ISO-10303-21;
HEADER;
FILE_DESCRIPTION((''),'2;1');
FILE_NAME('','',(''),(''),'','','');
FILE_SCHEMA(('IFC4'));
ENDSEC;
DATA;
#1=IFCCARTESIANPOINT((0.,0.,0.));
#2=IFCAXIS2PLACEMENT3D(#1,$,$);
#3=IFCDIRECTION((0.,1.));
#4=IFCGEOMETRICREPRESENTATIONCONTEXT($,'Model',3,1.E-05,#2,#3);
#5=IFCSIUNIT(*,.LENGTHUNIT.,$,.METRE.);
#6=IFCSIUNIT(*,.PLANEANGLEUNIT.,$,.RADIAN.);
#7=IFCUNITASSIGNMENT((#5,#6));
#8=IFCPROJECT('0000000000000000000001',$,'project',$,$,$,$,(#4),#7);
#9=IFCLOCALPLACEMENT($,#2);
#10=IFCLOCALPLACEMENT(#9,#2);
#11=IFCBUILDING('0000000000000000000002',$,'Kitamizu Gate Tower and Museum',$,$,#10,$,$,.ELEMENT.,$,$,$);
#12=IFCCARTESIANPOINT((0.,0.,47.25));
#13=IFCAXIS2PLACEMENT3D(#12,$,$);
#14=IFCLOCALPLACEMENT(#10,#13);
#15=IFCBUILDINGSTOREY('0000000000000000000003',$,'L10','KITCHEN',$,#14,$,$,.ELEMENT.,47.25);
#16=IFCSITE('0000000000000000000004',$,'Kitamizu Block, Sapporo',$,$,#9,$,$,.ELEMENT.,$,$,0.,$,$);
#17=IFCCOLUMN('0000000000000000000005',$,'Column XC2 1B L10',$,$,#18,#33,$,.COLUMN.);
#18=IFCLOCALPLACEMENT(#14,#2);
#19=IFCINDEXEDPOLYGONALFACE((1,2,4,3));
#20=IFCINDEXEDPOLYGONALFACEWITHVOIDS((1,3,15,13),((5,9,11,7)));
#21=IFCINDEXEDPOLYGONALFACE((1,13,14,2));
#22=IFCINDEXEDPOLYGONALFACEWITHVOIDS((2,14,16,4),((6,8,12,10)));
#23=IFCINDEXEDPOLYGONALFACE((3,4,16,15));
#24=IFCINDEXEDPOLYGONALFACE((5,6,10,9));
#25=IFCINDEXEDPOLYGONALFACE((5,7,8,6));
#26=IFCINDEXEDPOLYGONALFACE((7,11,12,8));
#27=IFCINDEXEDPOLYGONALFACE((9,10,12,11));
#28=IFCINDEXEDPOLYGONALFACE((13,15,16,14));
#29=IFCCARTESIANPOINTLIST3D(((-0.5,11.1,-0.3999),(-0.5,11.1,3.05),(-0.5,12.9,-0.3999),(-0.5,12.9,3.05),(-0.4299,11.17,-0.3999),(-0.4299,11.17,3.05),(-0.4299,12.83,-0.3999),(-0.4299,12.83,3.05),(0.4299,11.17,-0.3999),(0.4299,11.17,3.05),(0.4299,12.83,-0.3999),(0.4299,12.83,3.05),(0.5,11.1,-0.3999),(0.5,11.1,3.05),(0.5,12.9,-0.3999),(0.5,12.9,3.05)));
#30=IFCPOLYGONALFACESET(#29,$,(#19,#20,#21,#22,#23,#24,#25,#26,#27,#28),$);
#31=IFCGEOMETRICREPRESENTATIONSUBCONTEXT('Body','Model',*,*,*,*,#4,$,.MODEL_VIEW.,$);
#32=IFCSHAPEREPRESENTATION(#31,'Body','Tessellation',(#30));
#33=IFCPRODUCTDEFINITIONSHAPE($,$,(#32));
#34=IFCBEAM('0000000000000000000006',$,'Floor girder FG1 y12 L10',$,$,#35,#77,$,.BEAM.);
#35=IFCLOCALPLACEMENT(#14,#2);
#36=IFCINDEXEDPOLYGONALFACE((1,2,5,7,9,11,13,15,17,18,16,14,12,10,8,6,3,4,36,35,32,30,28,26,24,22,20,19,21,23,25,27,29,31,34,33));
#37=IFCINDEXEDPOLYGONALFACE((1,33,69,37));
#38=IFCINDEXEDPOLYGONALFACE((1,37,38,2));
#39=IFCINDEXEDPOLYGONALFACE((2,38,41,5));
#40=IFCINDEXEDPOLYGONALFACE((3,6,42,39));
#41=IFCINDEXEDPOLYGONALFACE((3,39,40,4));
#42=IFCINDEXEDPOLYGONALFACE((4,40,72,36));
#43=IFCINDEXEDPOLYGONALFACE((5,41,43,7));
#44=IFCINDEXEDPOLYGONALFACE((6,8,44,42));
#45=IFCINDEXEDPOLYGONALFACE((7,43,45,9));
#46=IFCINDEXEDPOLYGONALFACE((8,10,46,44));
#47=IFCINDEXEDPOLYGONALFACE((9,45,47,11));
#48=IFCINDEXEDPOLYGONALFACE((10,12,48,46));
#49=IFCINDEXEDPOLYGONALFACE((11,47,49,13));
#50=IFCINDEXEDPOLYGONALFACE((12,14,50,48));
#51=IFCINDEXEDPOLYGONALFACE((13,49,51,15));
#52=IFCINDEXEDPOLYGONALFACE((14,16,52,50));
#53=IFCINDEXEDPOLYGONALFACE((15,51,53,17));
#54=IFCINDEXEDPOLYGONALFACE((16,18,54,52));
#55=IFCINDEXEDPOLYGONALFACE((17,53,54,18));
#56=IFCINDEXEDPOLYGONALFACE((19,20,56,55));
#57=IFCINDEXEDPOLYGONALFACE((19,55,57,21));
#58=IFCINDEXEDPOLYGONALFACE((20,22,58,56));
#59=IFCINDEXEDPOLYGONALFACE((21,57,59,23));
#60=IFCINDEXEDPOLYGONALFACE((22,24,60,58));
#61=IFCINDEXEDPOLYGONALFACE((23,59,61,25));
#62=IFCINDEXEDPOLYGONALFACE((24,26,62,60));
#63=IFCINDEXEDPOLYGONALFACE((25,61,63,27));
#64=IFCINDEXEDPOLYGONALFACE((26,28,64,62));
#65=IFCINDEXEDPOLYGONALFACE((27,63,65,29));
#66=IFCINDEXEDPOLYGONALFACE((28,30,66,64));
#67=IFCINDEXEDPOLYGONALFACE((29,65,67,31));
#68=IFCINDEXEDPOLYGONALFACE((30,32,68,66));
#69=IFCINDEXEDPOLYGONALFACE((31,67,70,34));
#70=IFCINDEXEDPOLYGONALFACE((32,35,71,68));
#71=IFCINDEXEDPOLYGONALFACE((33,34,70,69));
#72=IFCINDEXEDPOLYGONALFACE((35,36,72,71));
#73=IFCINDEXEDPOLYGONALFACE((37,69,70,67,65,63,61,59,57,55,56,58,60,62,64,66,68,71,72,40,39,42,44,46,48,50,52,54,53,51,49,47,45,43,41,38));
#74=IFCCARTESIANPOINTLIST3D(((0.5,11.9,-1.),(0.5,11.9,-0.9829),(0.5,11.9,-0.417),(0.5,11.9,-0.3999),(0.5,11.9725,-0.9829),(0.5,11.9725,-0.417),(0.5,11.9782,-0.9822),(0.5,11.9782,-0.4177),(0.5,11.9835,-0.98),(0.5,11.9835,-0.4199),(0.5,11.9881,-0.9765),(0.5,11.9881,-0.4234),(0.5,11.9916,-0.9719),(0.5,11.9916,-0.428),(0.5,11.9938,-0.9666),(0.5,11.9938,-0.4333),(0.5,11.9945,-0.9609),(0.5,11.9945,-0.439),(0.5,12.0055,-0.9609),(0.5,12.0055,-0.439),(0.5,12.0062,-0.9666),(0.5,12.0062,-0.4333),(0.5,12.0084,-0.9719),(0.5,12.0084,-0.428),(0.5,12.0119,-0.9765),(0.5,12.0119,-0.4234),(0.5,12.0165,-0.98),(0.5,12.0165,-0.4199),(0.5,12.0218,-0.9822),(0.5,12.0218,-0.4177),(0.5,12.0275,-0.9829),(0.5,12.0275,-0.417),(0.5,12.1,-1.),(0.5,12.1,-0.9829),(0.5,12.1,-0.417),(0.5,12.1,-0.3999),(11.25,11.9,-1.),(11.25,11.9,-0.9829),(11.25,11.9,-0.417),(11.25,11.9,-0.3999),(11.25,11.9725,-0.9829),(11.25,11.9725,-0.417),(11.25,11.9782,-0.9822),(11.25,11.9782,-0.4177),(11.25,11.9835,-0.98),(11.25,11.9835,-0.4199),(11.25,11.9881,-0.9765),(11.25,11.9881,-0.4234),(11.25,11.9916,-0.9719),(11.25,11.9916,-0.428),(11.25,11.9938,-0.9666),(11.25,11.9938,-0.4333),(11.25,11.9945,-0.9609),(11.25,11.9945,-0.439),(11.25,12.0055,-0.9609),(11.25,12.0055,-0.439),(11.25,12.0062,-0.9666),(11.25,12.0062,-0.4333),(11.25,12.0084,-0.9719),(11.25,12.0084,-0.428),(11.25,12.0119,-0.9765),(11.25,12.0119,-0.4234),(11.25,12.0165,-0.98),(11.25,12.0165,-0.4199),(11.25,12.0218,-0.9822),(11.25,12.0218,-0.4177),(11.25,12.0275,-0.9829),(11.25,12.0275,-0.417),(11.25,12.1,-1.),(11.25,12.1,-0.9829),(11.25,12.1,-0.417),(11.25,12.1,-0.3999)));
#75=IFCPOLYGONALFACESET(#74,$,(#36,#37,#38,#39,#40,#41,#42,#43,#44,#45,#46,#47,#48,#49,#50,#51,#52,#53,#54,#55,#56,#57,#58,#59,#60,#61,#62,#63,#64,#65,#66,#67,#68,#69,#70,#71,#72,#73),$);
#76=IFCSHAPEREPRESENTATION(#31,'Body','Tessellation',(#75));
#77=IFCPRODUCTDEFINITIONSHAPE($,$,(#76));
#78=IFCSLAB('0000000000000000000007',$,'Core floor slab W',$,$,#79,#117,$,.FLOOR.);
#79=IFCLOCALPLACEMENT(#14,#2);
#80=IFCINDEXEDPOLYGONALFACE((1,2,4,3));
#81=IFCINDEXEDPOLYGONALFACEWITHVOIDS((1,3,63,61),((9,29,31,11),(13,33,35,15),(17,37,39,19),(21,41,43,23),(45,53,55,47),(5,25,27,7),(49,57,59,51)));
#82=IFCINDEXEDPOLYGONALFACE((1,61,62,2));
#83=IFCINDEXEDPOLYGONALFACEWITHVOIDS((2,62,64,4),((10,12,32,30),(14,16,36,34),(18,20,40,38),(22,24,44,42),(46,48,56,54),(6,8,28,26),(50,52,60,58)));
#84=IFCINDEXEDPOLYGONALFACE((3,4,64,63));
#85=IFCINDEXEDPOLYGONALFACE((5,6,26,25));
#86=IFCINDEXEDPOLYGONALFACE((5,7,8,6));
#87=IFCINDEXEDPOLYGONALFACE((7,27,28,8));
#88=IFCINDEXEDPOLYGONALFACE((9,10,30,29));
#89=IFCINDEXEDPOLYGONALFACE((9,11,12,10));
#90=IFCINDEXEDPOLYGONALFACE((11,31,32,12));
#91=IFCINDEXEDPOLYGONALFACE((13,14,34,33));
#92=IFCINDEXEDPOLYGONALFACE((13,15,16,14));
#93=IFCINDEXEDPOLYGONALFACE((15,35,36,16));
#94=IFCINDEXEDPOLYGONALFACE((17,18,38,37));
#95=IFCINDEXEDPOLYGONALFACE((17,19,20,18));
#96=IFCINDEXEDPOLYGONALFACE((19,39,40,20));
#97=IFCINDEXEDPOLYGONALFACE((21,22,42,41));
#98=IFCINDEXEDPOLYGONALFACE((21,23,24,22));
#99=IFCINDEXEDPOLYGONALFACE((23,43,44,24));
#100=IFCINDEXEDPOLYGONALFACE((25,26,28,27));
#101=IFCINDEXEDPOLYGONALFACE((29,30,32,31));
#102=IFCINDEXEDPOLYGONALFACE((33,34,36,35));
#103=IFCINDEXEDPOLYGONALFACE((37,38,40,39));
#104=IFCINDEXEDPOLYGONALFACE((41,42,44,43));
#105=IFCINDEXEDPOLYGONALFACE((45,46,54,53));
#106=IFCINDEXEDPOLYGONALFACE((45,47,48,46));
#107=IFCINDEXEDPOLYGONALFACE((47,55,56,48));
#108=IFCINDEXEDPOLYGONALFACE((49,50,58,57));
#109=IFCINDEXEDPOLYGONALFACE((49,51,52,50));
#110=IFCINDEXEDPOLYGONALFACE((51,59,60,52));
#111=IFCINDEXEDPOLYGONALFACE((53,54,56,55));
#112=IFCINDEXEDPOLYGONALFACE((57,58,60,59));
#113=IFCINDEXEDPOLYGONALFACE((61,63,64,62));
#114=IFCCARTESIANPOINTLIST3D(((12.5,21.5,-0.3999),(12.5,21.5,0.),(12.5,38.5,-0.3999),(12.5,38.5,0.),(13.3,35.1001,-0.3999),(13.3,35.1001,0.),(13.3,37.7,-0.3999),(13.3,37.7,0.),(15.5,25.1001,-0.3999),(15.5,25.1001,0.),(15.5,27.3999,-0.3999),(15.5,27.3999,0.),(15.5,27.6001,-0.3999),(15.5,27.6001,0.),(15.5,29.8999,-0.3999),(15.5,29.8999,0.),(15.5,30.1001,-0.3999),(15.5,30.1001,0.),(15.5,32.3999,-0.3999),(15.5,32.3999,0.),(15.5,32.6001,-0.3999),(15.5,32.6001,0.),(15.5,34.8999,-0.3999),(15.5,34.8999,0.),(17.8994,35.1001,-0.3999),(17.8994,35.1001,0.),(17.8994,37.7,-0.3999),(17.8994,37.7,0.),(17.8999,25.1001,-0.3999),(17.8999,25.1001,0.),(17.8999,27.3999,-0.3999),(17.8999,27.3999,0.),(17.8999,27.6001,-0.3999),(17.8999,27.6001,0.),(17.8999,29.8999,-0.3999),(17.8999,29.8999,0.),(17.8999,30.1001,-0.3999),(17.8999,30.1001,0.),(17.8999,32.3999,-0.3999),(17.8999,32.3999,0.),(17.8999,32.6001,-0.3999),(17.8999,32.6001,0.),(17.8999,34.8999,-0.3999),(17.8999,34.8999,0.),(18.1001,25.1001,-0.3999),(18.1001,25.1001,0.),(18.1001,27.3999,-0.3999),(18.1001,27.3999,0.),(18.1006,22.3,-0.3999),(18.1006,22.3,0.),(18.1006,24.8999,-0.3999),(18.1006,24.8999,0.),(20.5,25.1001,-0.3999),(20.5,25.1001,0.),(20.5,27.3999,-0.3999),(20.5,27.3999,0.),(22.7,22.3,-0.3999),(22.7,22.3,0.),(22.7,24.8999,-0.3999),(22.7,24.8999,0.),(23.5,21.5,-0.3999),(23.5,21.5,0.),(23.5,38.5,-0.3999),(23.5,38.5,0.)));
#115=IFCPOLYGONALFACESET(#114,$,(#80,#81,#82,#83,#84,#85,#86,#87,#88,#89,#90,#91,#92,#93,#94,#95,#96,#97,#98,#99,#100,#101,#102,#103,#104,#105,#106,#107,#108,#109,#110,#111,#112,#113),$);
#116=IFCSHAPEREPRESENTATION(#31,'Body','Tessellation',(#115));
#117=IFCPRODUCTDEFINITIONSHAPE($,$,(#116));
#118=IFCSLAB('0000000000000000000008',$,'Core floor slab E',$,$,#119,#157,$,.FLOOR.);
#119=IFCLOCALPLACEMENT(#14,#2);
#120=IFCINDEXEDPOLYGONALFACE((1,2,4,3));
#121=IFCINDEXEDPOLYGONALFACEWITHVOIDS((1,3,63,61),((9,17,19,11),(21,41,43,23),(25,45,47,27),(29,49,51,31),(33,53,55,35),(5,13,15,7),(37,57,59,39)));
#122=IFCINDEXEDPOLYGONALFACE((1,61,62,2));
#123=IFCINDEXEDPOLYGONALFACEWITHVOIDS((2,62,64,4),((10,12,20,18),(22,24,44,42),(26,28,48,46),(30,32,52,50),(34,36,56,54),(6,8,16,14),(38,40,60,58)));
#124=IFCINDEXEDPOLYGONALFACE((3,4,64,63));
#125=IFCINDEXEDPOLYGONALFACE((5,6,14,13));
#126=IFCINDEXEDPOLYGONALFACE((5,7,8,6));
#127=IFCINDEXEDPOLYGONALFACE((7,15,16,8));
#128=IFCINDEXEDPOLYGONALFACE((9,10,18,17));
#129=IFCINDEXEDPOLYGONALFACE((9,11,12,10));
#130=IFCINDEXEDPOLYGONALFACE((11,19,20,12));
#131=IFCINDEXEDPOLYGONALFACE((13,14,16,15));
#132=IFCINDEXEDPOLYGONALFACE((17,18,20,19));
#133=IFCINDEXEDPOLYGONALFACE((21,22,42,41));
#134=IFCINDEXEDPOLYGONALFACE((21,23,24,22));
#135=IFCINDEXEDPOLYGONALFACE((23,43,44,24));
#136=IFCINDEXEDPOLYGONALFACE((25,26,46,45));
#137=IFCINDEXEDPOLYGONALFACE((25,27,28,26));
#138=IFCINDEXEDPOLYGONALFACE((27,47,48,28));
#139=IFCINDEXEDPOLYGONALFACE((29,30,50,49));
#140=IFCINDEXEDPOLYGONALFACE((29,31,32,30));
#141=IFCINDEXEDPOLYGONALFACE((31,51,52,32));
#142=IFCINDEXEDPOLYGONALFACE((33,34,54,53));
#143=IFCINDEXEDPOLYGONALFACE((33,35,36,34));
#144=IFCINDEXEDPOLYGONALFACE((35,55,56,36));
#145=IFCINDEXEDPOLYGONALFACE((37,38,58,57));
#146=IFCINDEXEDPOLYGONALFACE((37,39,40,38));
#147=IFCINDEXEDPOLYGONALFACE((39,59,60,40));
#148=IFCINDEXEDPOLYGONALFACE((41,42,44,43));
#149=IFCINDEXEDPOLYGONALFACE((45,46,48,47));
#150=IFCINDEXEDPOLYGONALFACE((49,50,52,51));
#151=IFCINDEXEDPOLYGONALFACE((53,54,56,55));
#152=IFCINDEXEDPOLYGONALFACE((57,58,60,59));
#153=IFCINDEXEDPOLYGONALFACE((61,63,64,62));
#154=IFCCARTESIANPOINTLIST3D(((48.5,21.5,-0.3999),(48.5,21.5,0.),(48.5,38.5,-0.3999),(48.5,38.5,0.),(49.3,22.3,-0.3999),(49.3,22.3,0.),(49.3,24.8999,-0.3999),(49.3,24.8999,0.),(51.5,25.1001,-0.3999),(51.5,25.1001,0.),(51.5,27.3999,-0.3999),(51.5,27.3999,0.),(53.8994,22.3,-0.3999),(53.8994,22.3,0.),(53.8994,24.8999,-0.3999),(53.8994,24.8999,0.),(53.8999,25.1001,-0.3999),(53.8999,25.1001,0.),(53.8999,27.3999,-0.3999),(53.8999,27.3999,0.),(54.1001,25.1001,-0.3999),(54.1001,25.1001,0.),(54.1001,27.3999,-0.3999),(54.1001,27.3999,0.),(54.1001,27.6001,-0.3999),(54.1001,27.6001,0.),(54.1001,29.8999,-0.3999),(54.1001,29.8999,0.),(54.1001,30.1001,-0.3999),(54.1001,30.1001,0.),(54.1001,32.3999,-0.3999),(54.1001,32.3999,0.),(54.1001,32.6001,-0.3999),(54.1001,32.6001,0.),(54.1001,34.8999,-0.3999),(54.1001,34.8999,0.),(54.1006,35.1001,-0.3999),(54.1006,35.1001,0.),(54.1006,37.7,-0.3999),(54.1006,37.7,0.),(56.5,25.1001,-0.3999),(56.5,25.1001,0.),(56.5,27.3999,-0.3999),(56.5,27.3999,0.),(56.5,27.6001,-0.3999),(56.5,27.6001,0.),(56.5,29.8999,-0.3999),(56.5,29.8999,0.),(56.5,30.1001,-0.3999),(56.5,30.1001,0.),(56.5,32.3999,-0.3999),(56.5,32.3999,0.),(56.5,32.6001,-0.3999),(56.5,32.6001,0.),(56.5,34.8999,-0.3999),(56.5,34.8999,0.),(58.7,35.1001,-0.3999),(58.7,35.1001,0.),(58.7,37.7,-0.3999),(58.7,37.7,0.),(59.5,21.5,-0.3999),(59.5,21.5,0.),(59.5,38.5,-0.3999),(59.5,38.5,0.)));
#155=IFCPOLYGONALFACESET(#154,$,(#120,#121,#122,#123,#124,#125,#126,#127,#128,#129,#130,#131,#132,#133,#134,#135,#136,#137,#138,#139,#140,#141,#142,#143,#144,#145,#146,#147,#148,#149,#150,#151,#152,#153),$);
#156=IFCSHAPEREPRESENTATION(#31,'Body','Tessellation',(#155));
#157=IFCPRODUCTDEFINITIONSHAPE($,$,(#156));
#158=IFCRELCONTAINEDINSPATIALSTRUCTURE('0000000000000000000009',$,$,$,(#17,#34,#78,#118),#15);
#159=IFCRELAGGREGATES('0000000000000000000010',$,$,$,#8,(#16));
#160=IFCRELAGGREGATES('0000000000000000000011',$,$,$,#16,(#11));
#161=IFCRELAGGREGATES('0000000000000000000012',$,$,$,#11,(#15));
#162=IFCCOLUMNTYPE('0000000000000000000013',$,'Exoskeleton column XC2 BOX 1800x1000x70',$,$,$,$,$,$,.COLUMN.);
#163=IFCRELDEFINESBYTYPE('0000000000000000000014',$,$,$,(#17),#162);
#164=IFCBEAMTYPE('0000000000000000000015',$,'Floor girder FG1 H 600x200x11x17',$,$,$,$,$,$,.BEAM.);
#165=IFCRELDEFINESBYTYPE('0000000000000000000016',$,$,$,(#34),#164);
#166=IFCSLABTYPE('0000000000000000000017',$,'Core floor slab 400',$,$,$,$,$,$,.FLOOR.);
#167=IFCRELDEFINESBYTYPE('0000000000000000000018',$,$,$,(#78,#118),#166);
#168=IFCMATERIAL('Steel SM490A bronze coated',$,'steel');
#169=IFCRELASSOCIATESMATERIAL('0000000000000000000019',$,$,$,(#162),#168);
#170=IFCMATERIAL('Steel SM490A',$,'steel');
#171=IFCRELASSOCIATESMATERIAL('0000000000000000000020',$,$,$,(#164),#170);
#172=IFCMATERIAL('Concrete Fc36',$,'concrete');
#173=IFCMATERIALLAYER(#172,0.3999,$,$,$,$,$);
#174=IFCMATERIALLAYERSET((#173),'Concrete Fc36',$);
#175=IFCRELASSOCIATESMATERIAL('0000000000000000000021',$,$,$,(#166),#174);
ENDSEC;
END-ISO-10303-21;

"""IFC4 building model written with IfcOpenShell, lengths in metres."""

from ifc_helpers import new_model, si_unit, direction, frame, origin, origin_2d, place, context, subcontext, project, spatial, polyline, hollow_rectangle, i_section, outline, extrude, material, layer, layer_set, material_profile, profile_set, type_object, element, save


model = new_model("IFC4")

# Units and contexts
model_context = context("Model", 3, precision=1e-05, world=origin(), true_north=direction((0.0, 1.0)))
body_context = subcontext(model_context, "Body", "Model", "MODEL_VIEW")
ifc_project = project(units=[si_unit("LENGTHUNIT", "METRE"), si_unit("PLANEANGLEUNIT", "RADIAN")], contexts=[model_context])

# Site, building, storey
site_placement = place(None, origin())
site = spatial("IfcSite", under=ifc_project, at=site_placement, Name="Kitamizu Block, Sapporo", CompositionType="ELEMENT", RefElevation=0.0)
building_placement = place(site_placement, origin())
building = spatial("IfcBuilding", under=site, at=building_placement, Name="Kitamizu Gate Tower and Museum", CompositionType="ELEMENT")
storey_placement = place(building_placement, frame((0.0, 0.0, 47.25)))
storey = spatial("IfcBuildingStorey", under=building, at=storey_placement, Name="L10", Description="KITCHEN", CompositionType="ELEMENT", Elevation=47.25)

# Column
ifc_material_1 = material(Name="Steel SM490A bronze coated", Category="steel")
ifc_material_profile_1 = material_profile(ifc_material_1, hollow_rectangle(XDim=1.8, YDim=1.0, WallThickness=0.0701, at=origin_2d()), Name="BOX 1800x1000x70")
ifc_profile_set_1 = profile_set([ifc_material_profile_1], Name="Steel SM490A bronze coated")
column_type = type_object("IfcColumnType", Name="Exoskeleton column XC2 BOX 1800x1000x70", PredefinedType="COLUMN", material=ifc_profile_set_1)
column_placement = place(storey_placement, frame((0.0, 12.0, -0.3999), z_axis=(0.0, 0.0, 1.0), x_axis=(0.0, 1.0, 0.0)))
element("IfcColumn", 1, at=column_placement, inside=storey, type_object=column_type, Name="Column XC2 1B L10", PredefinedType="COLUMN", context=body_context, shape_type="SweptSolid", body=[
    extrude(hollow_rectangle(XDim=1.8, YDim=1.0, WallThickness=0.0701, at=origin_2d()), origin(), (0.0, 0.0, 1.0), 3.45),
])

# Beam
ifc_material_2 = material(Name="Steel SM490A", Category="steel")
ifc_material_profile_2 = material_profile(ifc_material_2, i_section(OverallWidth=0.2, OverallDepth=0.6001, WebThickness=0.011, FlangeThickness=0.0171, FilletRadius=0.022, at=origin_2d()), Name="H-600x200x11x17")
ifc_profile_set_2 = profile_set([ifc_material_profile_2], Name="Steel SM490A")
beam_type = type_object("IfcBeamType", Name="Floor girder FG1 H 600x200x11x17", PredefinedType="BEAM", material=ifc_profile_set_2)
beam_placement = place(storey_placement, frame((0.5, 12.0, -0.7), z_axis=(1.0, 0.0, 0.0), x_axis=(0.0, 1.0, 0.0)))
element("IfcBeam", 2, at=beam_placement, inside=storey, type_object=beam_type, Name="Floor girder FG1 y12 L10", PredefinedType="BEAM", context=body_context, shape_type="SweptSolid", body=[
    extrude(i_section(OverallWidth=0.2, OverallDepth=0.6001, WebThickness=0.011, FlangeThickness=0.0171, FilletRadius=0.022, at=origin_2d()), origin(), (0.0, 0.0, 1.0), 10.75),
])

# Slabs
ifc_material_3 = material(Name="Concrete Fc36", Category="concrete")
ifc_layer_1 = layer(ifc_material_3, 0.3999)
ifc_layer_set_1 = layer_set([ifc_layer_1], Name="Concrete Fc36")
slab_type_1 = type_object("IfcSlabType", Name="Core floor slab 400", PredefinedType="FLOOR", material=ifc_layer_set_1)
slab_1_placement = place(storey_placement, frame((0.0, 0.0, -0.3999)))
element("IfcSlab", 3, at=slab_1_placement, inside=storey, type_object=slab_type_1, Name="Core floor slab W", PredefinedType="FLOOR", context=body_context, shape_type="SweptSolid", body=[
    extrude(outline(polyline([(12.5, 21.5), (23.5, 21.5), (23.5, 38.5), (12.5, 38.5), (12.5, 21.5)]), holes=[polyline([(15.5, 25.1001), (17.8999, 25.1001), (17.8999, 27.3999), (15.5, 27.3999), (15.5, 25.1001)]), polyline([(15.5, 27.6001), (17.8999, 27.6001), (17.8999, 29.8999), (15.5, 29.8999), (15.5, 27.6001)]), polyline([(15.5, 30.1001), (17.8999, 30.1001), (17.8999, 32.3999), (15.5, 32.3999), (15.5, 30.1001)]), polyline([(15.5, 32.6001), (17.8999, 32.6001), (17.8999, 34.8999), (15.5, 34.8999), (15.5, 32.6001)]), polyline([(18.1001, 25.1001), (20.5, 25.1001), (20.5, 27.3999), (18.1001, 27.3999), (18.1001, 25.1001)]), polyline([(18.1006, 22.3), (22.7, 22.3), (22.7, 24.8999), (18.1006, 24.8999), (18.1006, 22.3)]), polyline([(13.3, 35.1001), (17.8994, 35.1001), (17.8994, 37.7), (13.3, 37.7), (13.3, 35.1001)])]), origin(), (0.0, 0.0, 1.0), 0.3999),
])
slab_2_placement = place(storey_placement, frame((0.0, 0.0, -0.3999)))
element("IfcSlab", 4, at=slab_2_placement, inside=storey, type_object=slab_type_1, Name="Core floor slab E", PredefinedType="FLOOR", context=body_context, shape_type="SweptSolid", body=[
    extrude(outline(polyline([(48.5, 21.5), (59.5, 21.5), (59.5, 38.5), (48.5, 38.5), (48.5, 21.5)]), holes=[polyline([(54.1001, 25.1001), (56.5, 25.1001), (56.5, 27.3999), (54.1001, 27.3999), (54.1001, 25.1001)]), polyline([(54.1001, 27.6001), (56.5, 27.6001), (56.5, 29.8999), (54.1001, 29.8999), (54.1001, 27.6001)]), polyline([(54.1001, 30.1001), (56.5, 30.1001), (56.5, 32.3999), (54.1001, 32.3999), (54.1001, 30.1001)]), polyline([(54.1001, 32.6001), (56.5, 32.6001), (56.5, 34.8999), (54.1001, 34.8999), (54.1001, 32.6001)]), polyline([(51.5, 25.1001), (53.8999, 25.1001), (53.8999, 27.3999), (51.5, 27.3999), (51.5, 25.1001)]), polyline([(49.3, 22.3), (53.8994, 22.3), (53.8994, 24.8999), (49.3, 24.8999), (49.3, 22.3)]), polyline([(54.1006, 35.1001), (58.7, 35.1001), (58.7, 37.7), (54.1006, 37.7), (54.1006, 35.1001)])]), origin(), (0.0, 0.0, 1.0), 0.3999),
])

save(model, "model.ifc")
